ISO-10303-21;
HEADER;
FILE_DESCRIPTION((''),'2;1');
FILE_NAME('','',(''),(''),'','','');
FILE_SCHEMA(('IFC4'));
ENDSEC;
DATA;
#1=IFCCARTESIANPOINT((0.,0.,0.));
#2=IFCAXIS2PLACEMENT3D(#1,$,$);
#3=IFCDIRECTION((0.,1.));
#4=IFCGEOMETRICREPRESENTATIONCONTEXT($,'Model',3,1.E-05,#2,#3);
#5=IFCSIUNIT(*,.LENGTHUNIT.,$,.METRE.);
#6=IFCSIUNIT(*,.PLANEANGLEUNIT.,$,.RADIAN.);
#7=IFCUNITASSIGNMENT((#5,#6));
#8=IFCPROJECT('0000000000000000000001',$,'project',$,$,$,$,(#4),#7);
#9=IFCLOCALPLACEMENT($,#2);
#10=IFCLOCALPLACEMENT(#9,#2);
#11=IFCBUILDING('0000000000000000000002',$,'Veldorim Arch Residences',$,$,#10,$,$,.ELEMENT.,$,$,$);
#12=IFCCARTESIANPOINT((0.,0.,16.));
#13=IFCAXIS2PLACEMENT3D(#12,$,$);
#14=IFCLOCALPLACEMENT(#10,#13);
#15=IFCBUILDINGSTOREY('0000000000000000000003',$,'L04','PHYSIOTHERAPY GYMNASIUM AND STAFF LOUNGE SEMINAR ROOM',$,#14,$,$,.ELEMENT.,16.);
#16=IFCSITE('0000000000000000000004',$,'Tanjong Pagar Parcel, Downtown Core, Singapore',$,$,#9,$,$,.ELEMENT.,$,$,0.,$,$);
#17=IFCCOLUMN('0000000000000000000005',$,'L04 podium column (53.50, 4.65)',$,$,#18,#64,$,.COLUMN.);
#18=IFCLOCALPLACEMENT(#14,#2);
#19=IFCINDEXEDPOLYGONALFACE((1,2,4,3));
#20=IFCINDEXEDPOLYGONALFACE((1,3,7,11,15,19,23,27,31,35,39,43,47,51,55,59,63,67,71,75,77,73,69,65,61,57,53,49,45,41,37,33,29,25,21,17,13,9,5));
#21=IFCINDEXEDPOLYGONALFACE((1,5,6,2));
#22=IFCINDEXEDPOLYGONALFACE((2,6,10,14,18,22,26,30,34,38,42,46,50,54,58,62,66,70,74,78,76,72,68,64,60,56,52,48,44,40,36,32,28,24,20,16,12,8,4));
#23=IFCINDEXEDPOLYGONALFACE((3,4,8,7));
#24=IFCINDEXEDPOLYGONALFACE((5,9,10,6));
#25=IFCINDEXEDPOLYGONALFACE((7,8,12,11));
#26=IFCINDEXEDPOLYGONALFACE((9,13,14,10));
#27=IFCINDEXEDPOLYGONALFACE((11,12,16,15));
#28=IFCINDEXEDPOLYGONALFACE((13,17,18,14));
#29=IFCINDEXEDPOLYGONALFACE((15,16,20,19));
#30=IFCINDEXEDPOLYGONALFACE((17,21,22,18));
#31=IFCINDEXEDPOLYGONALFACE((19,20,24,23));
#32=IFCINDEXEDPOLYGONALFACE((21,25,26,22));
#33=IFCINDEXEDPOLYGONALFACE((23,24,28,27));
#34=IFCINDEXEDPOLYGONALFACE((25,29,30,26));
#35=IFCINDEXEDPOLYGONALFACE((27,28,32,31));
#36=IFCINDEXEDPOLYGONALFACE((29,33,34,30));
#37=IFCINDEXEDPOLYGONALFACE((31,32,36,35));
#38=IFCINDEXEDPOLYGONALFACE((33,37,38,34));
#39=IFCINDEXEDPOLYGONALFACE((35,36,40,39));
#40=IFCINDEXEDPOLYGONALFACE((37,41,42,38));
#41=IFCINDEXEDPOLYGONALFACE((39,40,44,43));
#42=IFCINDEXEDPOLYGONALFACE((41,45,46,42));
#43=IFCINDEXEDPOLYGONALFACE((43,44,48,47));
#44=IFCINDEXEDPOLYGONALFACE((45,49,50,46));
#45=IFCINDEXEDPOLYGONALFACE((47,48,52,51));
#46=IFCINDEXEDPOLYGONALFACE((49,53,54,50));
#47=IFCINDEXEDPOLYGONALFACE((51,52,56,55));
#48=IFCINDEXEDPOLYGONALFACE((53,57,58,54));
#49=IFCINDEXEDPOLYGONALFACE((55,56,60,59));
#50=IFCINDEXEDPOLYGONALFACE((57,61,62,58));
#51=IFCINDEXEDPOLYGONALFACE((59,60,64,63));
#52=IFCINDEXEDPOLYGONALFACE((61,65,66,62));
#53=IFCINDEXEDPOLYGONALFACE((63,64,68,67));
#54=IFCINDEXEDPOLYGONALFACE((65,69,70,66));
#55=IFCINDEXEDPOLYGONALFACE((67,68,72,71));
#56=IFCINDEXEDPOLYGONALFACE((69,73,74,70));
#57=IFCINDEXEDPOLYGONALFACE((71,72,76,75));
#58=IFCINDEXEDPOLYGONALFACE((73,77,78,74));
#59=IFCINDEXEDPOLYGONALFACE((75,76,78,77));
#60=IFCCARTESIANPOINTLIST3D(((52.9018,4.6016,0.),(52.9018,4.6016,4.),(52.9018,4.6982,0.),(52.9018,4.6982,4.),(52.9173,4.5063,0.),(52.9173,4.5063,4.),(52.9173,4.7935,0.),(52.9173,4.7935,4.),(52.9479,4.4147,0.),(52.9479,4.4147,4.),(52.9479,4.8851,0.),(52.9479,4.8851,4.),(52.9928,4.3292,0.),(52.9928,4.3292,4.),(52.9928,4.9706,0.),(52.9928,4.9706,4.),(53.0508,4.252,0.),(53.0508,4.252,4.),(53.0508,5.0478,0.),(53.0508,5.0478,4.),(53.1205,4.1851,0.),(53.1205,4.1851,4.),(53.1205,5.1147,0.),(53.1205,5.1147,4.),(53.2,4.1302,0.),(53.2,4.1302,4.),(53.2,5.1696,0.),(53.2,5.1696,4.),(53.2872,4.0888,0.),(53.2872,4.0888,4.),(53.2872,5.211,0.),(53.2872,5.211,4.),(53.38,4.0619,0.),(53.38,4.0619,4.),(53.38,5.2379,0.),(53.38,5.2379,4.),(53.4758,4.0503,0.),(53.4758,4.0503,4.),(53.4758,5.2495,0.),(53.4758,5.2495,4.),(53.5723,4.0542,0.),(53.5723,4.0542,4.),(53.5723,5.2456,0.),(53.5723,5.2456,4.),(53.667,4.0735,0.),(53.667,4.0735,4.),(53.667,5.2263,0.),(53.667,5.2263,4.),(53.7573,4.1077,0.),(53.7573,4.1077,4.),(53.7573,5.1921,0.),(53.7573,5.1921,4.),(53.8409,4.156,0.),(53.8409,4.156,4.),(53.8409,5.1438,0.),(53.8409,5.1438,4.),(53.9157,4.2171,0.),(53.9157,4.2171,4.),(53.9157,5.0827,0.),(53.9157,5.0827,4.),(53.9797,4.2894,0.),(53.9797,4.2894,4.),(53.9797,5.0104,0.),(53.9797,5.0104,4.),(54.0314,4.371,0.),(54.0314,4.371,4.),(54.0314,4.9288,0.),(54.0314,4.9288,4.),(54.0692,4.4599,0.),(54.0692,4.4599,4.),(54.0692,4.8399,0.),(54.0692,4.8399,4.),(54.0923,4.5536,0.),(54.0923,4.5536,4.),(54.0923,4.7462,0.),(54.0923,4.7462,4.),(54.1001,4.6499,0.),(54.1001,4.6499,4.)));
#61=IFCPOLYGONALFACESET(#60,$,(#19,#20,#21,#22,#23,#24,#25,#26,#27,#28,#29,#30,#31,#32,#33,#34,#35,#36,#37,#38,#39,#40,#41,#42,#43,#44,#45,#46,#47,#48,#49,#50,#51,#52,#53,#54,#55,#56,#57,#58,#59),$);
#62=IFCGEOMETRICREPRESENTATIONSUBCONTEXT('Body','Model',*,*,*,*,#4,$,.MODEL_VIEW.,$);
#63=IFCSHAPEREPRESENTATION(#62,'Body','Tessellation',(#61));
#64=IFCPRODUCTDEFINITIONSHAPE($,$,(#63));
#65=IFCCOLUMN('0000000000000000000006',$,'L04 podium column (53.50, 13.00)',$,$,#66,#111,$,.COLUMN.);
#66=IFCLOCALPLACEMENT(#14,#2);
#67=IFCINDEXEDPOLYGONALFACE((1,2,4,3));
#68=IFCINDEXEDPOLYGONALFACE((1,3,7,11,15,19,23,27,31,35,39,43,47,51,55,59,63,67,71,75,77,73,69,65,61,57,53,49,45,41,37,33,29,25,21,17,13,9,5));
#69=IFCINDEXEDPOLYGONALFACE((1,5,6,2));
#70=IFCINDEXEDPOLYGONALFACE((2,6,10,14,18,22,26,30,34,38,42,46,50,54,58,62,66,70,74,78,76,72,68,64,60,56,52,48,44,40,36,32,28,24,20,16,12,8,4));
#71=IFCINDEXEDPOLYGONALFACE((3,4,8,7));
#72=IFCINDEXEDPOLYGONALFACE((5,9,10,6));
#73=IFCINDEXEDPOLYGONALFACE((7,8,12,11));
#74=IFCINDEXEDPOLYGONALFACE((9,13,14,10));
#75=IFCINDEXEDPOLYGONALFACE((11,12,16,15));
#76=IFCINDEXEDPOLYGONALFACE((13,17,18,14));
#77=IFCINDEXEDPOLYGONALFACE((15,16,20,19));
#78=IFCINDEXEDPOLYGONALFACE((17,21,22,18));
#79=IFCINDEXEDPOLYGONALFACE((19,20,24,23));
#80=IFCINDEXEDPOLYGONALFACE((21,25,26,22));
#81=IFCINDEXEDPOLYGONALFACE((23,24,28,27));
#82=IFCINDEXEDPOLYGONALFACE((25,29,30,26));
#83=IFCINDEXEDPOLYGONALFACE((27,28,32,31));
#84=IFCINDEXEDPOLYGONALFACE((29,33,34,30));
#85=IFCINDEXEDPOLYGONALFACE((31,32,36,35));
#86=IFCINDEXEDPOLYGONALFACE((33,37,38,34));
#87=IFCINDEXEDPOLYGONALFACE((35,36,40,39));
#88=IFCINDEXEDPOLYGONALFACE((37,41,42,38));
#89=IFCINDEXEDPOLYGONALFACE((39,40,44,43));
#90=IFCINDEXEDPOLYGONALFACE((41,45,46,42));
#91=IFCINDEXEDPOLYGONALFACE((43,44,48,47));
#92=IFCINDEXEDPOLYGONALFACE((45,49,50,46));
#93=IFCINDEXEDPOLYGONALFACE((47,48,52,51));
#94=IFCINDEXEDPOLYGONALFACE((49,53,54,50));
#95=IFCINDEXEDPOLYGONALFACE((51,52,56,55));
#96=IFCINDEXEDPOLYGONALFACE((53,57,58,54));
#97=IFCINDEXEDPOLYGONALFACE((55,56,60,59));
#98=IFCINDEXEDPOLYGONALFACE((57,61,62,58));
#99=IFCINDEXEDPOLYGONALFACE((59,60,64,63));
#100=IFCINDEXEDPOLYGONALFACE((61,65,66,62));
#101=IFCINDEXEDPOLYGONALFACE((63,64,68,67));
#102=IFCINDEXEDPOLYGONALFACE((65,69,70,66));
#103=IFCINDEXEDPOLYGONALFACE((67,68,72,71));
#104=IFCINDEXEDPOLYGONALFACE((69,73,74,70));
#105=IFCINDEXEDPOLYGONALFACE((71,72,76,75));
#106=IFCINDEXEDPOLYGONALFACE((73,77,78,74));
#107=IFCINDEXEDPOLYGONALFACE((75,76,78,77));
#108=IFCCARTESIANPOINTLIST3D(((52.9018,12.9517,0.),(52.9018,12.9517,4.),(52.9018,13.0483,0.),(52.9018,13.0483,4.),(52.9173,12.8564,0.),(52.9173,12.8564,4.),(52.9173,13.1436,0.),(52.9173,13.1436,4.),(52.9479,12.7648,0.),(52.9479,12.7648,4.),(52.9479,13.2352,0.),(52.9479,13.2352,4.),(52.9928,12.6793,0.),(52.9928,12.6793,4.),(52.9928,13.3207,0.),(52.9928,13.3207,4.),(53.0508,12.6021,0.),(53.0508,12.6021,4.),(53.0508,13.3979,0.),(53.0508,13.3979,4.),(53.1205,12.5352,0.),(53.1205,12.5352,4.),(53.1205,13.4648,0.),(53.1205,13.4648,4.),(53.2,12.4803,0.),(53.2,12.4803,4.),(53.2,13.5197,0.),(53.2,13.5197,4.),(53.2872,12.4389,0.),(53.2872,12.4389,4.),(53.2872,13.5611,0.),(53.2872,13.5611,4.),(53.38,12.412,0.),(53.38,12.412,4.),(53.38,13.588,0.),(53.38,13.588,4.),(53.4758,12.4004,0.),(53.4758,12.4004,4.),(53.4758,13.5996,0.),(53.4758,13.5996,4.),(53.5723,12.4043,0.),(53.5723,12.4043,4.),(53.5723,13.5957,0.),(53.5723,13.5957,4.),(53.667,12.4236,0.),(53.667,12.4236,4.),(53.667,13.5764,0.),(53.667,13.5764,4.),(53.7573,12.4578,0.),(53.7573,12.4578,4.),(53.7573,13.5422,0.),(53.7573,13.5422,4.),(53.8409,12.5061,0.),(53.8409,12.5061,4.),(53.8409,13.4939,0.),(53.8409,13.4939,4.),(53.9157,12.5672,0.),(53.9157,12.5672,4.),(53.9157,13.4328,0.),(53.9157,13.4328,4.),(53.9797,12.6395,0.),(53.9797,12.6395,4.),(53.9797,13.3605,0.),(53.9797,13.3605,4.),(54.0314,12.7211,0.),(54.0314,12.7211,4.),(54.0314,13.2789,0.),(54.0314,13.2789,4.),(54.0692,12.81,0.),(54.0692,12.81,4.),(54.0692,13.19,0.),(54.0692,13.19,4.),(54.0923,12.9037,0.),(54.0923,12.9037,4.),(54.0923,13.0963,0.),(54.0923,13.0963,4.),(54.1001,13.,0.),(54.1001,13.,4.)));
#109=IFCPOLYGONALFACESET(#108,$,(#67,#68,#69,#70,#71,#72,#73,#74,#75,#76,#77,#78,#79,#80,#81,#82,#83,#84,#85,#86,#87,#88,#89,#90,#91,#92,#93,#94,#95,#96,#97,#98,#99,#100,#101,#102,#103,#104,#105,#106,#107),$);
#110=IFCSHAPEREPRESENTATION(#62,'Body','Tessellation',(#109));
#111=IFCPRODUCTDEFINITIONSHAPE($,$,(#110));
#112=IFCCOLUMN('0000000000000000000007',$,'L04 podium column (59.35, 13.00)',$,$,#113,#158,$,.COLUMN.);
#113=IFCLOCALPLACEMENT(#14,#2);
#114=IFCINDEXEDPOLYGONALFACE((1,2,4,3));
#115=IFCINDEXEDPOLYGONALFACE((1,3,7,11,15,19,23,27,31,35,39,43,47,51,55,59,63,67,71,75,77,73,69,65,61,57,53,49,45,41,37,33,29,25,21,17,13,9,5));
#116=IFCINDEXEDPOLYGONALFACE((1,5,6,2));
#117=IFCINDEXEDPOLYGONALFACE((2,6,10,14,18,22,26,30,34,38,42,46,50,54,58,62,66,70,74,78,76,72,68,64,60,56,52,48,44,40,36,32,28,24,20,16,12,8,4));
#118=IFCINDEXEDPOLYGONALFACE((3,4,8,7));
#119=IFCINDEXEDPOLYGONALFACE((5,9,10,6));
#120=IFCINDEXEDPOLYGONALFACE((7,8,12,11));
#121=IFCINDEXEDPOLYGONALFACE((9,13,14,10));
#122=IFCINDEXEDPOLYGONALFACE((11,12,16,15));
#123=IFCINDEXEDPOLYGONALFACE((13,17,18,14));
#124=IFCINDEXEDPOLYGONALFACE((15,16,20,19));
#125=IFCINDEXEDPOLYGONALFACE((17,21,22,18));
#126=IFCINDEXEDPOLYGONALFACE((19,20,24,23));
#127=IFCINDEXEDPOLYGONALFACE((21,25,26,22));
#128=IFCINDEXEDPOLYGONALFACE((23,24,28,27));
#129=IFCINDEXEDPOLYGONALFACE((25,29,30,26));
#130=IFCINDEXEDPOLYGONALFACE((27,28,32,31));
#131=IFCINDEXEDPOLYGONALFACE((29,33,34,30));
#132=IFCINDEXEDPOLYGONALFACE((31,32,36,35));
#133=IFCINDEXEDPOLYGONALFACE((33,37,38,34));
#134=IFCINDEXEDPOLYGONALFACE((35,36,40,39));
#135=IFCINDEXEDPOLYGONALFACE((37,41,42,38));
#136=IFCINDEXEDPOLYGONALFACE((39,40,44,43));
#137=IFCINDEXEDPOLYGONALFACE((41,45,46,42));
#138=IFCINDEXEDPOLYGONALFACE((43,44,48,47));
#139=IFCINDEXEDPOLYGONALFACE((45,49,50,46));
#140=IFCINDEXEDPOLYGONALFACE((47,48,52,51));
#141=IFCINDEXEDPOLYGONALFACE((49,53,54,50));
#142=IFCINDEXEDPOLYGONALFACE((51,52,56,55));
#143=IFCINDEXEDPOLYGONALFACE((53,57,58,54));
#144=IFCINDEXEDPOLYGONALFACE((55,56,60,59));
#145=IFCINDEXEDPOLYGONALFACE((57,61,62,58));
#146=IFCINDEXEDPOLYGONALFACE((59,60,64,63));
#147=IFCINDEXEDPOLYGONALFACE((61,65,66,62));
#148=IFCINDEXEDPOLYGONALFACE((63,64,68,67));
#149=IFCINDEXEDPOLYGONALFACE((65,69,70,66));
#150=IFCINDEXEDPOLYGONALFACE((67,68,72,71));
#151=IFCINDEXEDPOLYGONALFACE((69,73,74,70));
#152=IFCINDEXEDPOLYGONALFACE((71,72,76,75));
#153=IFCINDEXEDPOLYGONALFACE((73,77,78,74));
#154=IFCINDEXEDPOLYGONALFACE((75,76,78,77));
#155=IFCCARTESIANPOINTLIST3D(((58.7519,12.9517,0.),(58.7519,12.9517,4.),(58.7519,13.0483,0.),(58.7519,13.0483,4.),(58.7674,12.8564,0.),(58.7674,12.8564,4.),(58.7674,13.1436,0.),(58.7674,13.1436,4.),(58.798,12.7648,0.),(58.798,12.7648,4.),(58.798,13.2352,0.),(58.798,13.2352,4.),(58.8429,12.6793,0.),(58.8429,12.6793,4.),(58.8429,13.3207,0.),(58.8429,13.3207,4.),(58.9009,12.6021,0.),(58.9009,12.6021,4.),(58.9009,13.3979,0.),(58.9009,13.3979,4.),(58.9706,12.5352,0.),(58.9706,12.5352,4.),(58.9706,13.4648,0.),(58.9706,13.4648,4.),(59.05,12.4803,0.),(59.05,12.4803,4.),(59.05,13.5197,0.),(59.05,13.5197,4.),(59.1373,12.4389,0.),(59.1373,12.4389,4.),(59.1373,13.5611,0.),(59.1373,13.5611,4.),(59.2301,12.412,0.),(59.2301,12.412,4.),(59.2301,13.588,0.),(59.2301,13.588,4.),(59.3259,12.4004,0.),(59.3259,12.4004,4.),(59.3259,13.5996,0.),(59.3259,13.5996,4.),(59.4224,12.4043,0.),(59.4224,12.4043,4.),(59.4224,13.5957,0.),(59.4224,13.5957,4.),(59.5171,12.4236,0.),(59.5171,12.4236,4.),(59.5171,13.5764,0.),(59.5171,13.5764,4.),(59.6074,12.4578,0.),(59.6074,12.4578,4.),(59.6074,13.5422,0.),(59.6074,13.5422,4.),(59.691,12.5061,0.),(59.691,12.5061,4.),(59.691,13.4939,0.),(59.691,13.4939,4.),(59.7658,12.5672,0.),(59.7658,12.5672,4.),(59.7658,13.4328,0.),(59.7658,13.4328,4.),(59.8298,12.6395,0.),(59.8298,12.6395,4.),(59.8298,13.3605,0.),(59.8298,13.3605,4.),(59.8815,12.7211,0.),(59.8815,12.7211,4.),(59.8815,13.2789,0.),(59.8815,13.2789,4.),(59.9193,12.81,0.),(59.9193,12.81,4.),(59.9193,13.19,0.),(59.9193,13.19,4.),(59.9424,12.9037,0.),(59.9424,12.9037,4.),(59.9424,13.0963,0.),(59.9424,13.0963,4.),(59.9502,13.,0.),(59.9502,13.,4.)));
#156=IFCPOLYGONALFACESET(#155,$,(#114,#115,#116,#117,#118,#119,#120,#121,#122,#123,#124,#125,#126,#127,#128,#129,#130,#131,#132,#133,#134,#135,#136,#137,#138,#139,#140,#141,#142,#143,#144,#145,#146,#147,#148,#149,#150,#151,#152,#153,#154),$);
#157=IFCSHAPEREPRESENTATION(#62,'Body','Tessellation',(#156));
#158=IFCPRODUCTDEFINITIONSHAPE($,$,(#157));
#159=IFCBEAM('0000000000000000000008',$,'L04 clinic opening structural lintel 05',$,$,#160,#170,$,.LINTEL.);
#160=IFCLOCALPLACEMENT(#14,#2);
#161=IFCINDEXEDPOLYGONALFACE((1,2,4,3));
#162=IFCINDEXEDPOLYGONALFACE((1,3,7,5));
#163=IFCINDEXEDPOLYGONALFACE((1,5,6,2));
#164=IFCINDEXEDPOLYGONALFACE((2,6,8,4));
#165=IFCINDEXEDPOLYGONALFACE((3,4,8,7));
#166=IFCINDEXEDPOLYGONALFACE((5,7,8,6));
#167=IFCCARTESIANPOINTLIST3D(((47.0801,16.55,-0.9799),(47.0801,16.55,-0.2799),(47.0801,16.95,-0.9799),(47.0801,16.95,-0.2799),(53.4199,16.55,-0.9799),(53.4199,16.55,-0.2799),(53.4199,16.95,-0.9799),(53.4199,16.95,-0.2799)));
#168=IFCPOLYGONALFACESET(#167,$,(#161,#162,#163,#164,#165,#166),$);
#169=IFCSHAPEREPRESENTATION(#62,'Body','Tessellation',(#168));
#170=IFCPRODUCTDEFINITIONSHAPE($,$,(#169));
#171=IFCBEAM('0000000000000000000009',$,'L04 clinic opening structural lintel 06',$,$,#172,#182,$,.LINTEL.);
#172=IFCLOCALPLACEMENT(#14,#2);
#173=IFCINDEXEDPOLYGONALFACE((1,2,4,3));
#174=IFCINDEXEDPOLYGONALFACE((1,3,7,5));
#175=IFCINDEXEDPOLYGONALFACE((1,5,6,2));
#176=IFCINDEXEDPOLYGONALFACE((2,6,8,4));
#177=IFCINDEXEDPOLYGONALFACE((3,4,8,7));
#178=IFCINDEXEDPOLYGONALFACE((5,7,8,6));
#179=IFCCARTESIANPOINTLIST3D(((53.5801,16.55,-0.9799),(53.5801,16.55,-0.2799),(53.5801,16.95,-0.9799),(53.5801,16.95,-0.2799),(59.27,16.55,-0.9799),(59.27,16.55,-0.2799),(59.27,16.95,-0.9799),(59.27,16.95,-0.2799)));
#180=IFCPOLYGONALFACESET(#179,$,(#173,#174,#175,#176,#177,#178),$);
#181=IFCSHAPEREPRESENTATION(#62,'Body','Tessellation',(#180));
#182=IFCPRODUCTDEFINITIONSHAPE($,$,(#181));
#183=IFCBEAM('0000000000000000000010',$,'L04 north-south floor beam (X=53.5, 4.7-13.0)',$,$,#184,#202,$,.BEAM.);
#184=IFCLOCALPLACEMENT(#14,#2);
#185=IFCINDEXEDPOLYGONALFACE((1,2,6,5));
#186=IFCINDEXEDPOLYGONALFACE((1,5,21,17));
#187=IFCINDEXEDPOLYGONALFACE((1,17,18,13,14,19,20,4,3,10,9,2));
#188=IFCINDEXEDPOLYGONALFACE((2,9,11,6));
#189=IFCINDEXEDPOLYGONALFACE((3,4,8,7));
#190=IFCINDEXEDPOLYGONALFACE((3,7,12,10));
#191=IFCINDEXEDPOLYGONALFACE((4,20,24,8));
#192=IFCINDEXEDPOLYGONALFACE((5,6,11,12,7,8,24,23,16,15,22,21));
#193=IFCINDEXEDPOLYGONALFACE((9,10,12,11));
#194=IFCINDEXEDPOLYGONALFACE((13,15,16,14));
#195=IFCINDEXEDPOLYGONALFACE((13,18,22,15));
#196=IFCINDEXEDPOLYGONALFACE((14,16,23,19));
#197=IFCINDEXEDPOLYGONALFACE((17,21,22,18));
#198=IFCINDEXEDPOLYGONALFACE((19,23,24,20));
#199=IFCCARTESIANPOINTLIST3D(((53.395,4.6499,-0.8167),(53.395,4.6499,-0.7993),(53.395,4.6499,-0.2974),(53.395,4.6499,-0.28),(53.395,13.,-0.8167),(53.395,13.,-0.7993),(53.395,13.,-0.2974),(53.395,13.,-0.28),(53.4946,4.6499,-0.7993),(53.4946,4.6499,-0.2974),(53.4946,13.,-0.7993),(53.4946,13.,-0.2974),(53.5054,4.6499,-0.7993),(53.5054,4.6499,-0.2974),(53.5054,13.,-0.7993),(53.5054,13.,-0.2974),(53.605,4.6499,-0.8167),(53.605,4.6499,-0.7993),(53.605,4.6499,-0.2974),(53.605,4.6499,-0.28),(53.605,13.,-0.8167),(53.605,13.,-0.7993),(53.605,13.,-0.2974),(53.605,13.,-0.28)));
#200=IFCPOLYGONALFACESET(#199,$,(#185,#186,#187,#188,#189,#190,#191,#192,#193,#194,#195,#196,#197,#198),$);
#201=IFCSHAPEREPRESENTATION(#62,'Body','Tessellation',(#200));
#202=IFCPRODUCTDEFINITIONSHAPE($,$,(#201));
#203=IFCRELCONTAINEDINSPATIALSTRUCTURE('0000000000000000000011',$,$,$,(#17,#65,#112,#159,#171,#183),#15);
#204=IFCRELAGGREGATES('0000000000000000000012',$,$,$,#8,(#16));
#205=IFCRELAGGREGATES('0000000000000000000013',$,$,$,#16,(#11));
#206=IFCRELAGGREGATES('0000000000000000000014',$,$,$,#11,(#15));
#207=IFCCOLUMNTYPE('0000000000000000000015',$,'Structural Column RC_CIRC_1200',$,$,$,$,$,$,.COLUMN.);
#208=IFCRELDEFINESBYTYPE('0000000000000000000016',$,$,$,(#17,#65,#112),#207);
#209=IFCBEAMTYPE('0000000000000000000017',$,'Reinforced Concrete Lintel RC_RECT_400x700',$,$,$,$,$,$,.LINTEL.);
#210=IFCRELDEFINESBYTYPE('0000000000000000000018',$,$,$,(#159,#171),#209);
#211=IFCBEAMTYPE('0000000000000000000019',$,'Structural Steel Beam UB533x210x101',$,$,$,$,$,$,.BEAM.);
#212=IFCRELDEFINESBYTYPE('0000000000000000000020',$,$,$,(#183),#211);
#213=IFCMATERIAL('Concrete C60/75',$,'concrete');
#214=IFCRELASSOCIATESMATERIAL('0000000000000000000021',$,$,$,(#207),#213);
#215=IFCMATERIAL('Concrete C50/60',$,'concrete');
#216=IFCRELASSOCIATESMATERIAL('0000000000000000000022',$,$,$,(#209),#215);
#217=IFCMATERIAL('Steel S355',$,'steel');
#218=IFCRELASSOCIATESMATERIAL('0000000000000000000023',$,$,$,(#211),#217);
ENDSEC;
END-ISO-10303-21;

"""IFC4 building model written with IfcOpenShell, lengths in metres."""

from ifc_helpers import new_model, si_unit, direction, frame, origin, origin_2d, place, context, subcontext, project, spatial, rectangle, circle, i_section, extrude, material, material_profile, profile_set, type_object, element, save


model = new_model("IFC4")

# Units and contexts
model_context = context("Model", 3, precision=1e-05, world=origin(), true_north=direction((0.0, 1.0)))
body_context = subcontext(model_context, "Body", "Model", "MODEL_VIEW")
ifc_project = project(units=[si_unit("LENGTHUNIT", "METRE"), si_unit("PLANEANGLEUNIT", "RADIAN")], contexts=[model_context])

# Site, building, storey
site_placement = place(None, origin())
site = spatial("IfcSite", under=ifc_project, at=site_placement, Name="Tanjong Pagar Parcel, Downtown Core, Singapore", CompositionType="ELEMENT", RefElevation=0.0)
building_placement = place(site_placement, origin())
building = spatial("IfcBuilding", under=site, at=building_placement, Name="Veldorim Arch Residences", CompositionType="ELEMENT")
storey_placement = place(building_placement, frame((0.0, 0.0, 16.0)))
storey = spatial("IfcBuildingStorey", under=building, at=storey_placement, Name="L04", Description="PHYSIOTHERAPY GYMNASIUM AND STAFF LOUNGE SEMINAR ROOM", CompositionType="ELEMENT", Elevation=16.0)

# Columns
ifc_material_1 = material(Name="Concrete C60/75", Category="concrete")
ifc_material_profile_1 = material_profile(ifc_material_1, circle(Radius=0.6001, at=origin_2d()), Name="RC_CIRC_1200")
ifc_profile_set_1 = profile_set([ifc_material_profile_1], Name="Concrete C60/75")
column_type = type_object("IfcColumnType", Name="Structural Column RC_CIRC_1200", PredefinedType="COLUMN", material=ifc_profile_set_1)
for number, where, z_axis, x_axis, name in (
    (1, (53.5, 4.6499, 0.0), (0.0, 0.0, 1.0), (1.0, 0.0, 0.0), "L04 podium column (53.50, 4.65)"),
    (2, (53.5, 13.0, 0.0), (0.0, 0.0, 1.0), (1.0, 0.0, 0.0), "L04 podium column (53.50, 13.00)"),
    (3, (59.3501, 13.0, 0.0), (0.0, 0.0, 1.0), (1.0, 0.0, 0.0), "L04 podium column (59.35, 13.00)"),
):
    element("IfcColumn", number, at=place(storey_placement, frame(where, z_axis=z_axis, x_axis=x_axis)), inside=storey, type_object=column_type, Name=name, PredefinedType="COLUMN", context=body_context, shape_type="SweptSolid", body=[
        extrude(circle(Radius=0.6001, at=origin_2d()), origin(), (0.0, 0.0, 1.0), 4.0),
    ])

# Beams
ifc_material_2 = material(Name="Concrete C50/60", Category="concrete")
ifc_material_profile_2 = material_profile(ifc_material_2, rectangle(XDim=0.3999, YDim=0.7, at=origin_2d()), Name="RC_RECT_400x700")
ifc_profile_set_2 = profile_set([ifc_material_profile_2], Name="Concrete C50/60")
beam_type_1 = type_object("IfcBeamType", Name="Reinforced Concrete Lintel RC_RECT_400x700", PredefinedType="LINTEL", material=ifc_profile_set_2)
beam_1_placement = place(storey_placement, frame((47.0801, 16.75, -0.6299), z_axis=(1.0, 0.0, 0.0), x_axis=(0.0, 1.0, 0.0)))
element("IfcBeam", 4, at=beam_1_placement, inside=storey, type_object=beam_type_1, Name="L04 clinic opening structural lintel 05", PredefinedType="LINTEL", context=body_context, shape_type="SweptSolid", body=[
    extrude(rectangle(XDim=0.3999, YDim=0.7, at=origin_2d()), origin(), (0.0, 0.0, 1.0), 6.3398),
])
beam_2_placement = place(storey_placement, frame((53.5801, 16.75, -0.6299), z_axis=(1.0, 0.0, 0.0), x_axis=(0.0, 1.0, 0.0)))
element("IfcBeam", 5, at=beam_2_placement, inside=storey, type_object=beam_type_1, Name="L04 clinic opening structural lintel 06", PredefinedType="LINTEL", context=body_context, shape_type="SweptSolid", body=[
    extrude(rectangle(XDim=0.3999, YDim=0.7, at=origin_2d()), origin(), (0.0, 0.0, 1.0), 5.6899),
])
ifc_material_3 = material(Name="Steel S355", Category="steel")
ifc_material_profile_3 = material_profile(ifc_material_3, i_section(OverallWidth=0.21, OverallDepth=0.5366, WebThickness=0.0107, FlangeThickness=0.0173, at=origin_2d()), Name="UB533x210x101")
ifc_profile_set_3 = profile_set([ifc_material_profile_3], Name="Steel S355")
beam_type_2 = type_object("IfcBeamType", Name="Structural Steel Beam UB533x210x101", PredefinedType="BEAM", material=ifc_profile_set_3)
beam_3_placement = place(storey_placement, frame((53.5, 4.6499, -0.5483), z_axis=(0.0, 1.0, 0.0), x_axis=(-1.0, 0.0, 0.0)))
element("IfcBeam", 6, at=beam_3_placement, inside=storey, type_object=beam_type_2, Name="L04 north-south floor beam (X=53.5, 4.7-13.0)", PredefinedType="BEAM", context=body_context, shape_type="SweptSolid", body=[
    extrude(i_section(OverallWidth=0.21, OverallDepth=0.5366, WebThickness=0.0107, FlangeThickness=0.0173, at=origin_2d()), origin(), (0.0, 0.0, 1.0), 8.3501),
])

save(model, "model.ifc")
